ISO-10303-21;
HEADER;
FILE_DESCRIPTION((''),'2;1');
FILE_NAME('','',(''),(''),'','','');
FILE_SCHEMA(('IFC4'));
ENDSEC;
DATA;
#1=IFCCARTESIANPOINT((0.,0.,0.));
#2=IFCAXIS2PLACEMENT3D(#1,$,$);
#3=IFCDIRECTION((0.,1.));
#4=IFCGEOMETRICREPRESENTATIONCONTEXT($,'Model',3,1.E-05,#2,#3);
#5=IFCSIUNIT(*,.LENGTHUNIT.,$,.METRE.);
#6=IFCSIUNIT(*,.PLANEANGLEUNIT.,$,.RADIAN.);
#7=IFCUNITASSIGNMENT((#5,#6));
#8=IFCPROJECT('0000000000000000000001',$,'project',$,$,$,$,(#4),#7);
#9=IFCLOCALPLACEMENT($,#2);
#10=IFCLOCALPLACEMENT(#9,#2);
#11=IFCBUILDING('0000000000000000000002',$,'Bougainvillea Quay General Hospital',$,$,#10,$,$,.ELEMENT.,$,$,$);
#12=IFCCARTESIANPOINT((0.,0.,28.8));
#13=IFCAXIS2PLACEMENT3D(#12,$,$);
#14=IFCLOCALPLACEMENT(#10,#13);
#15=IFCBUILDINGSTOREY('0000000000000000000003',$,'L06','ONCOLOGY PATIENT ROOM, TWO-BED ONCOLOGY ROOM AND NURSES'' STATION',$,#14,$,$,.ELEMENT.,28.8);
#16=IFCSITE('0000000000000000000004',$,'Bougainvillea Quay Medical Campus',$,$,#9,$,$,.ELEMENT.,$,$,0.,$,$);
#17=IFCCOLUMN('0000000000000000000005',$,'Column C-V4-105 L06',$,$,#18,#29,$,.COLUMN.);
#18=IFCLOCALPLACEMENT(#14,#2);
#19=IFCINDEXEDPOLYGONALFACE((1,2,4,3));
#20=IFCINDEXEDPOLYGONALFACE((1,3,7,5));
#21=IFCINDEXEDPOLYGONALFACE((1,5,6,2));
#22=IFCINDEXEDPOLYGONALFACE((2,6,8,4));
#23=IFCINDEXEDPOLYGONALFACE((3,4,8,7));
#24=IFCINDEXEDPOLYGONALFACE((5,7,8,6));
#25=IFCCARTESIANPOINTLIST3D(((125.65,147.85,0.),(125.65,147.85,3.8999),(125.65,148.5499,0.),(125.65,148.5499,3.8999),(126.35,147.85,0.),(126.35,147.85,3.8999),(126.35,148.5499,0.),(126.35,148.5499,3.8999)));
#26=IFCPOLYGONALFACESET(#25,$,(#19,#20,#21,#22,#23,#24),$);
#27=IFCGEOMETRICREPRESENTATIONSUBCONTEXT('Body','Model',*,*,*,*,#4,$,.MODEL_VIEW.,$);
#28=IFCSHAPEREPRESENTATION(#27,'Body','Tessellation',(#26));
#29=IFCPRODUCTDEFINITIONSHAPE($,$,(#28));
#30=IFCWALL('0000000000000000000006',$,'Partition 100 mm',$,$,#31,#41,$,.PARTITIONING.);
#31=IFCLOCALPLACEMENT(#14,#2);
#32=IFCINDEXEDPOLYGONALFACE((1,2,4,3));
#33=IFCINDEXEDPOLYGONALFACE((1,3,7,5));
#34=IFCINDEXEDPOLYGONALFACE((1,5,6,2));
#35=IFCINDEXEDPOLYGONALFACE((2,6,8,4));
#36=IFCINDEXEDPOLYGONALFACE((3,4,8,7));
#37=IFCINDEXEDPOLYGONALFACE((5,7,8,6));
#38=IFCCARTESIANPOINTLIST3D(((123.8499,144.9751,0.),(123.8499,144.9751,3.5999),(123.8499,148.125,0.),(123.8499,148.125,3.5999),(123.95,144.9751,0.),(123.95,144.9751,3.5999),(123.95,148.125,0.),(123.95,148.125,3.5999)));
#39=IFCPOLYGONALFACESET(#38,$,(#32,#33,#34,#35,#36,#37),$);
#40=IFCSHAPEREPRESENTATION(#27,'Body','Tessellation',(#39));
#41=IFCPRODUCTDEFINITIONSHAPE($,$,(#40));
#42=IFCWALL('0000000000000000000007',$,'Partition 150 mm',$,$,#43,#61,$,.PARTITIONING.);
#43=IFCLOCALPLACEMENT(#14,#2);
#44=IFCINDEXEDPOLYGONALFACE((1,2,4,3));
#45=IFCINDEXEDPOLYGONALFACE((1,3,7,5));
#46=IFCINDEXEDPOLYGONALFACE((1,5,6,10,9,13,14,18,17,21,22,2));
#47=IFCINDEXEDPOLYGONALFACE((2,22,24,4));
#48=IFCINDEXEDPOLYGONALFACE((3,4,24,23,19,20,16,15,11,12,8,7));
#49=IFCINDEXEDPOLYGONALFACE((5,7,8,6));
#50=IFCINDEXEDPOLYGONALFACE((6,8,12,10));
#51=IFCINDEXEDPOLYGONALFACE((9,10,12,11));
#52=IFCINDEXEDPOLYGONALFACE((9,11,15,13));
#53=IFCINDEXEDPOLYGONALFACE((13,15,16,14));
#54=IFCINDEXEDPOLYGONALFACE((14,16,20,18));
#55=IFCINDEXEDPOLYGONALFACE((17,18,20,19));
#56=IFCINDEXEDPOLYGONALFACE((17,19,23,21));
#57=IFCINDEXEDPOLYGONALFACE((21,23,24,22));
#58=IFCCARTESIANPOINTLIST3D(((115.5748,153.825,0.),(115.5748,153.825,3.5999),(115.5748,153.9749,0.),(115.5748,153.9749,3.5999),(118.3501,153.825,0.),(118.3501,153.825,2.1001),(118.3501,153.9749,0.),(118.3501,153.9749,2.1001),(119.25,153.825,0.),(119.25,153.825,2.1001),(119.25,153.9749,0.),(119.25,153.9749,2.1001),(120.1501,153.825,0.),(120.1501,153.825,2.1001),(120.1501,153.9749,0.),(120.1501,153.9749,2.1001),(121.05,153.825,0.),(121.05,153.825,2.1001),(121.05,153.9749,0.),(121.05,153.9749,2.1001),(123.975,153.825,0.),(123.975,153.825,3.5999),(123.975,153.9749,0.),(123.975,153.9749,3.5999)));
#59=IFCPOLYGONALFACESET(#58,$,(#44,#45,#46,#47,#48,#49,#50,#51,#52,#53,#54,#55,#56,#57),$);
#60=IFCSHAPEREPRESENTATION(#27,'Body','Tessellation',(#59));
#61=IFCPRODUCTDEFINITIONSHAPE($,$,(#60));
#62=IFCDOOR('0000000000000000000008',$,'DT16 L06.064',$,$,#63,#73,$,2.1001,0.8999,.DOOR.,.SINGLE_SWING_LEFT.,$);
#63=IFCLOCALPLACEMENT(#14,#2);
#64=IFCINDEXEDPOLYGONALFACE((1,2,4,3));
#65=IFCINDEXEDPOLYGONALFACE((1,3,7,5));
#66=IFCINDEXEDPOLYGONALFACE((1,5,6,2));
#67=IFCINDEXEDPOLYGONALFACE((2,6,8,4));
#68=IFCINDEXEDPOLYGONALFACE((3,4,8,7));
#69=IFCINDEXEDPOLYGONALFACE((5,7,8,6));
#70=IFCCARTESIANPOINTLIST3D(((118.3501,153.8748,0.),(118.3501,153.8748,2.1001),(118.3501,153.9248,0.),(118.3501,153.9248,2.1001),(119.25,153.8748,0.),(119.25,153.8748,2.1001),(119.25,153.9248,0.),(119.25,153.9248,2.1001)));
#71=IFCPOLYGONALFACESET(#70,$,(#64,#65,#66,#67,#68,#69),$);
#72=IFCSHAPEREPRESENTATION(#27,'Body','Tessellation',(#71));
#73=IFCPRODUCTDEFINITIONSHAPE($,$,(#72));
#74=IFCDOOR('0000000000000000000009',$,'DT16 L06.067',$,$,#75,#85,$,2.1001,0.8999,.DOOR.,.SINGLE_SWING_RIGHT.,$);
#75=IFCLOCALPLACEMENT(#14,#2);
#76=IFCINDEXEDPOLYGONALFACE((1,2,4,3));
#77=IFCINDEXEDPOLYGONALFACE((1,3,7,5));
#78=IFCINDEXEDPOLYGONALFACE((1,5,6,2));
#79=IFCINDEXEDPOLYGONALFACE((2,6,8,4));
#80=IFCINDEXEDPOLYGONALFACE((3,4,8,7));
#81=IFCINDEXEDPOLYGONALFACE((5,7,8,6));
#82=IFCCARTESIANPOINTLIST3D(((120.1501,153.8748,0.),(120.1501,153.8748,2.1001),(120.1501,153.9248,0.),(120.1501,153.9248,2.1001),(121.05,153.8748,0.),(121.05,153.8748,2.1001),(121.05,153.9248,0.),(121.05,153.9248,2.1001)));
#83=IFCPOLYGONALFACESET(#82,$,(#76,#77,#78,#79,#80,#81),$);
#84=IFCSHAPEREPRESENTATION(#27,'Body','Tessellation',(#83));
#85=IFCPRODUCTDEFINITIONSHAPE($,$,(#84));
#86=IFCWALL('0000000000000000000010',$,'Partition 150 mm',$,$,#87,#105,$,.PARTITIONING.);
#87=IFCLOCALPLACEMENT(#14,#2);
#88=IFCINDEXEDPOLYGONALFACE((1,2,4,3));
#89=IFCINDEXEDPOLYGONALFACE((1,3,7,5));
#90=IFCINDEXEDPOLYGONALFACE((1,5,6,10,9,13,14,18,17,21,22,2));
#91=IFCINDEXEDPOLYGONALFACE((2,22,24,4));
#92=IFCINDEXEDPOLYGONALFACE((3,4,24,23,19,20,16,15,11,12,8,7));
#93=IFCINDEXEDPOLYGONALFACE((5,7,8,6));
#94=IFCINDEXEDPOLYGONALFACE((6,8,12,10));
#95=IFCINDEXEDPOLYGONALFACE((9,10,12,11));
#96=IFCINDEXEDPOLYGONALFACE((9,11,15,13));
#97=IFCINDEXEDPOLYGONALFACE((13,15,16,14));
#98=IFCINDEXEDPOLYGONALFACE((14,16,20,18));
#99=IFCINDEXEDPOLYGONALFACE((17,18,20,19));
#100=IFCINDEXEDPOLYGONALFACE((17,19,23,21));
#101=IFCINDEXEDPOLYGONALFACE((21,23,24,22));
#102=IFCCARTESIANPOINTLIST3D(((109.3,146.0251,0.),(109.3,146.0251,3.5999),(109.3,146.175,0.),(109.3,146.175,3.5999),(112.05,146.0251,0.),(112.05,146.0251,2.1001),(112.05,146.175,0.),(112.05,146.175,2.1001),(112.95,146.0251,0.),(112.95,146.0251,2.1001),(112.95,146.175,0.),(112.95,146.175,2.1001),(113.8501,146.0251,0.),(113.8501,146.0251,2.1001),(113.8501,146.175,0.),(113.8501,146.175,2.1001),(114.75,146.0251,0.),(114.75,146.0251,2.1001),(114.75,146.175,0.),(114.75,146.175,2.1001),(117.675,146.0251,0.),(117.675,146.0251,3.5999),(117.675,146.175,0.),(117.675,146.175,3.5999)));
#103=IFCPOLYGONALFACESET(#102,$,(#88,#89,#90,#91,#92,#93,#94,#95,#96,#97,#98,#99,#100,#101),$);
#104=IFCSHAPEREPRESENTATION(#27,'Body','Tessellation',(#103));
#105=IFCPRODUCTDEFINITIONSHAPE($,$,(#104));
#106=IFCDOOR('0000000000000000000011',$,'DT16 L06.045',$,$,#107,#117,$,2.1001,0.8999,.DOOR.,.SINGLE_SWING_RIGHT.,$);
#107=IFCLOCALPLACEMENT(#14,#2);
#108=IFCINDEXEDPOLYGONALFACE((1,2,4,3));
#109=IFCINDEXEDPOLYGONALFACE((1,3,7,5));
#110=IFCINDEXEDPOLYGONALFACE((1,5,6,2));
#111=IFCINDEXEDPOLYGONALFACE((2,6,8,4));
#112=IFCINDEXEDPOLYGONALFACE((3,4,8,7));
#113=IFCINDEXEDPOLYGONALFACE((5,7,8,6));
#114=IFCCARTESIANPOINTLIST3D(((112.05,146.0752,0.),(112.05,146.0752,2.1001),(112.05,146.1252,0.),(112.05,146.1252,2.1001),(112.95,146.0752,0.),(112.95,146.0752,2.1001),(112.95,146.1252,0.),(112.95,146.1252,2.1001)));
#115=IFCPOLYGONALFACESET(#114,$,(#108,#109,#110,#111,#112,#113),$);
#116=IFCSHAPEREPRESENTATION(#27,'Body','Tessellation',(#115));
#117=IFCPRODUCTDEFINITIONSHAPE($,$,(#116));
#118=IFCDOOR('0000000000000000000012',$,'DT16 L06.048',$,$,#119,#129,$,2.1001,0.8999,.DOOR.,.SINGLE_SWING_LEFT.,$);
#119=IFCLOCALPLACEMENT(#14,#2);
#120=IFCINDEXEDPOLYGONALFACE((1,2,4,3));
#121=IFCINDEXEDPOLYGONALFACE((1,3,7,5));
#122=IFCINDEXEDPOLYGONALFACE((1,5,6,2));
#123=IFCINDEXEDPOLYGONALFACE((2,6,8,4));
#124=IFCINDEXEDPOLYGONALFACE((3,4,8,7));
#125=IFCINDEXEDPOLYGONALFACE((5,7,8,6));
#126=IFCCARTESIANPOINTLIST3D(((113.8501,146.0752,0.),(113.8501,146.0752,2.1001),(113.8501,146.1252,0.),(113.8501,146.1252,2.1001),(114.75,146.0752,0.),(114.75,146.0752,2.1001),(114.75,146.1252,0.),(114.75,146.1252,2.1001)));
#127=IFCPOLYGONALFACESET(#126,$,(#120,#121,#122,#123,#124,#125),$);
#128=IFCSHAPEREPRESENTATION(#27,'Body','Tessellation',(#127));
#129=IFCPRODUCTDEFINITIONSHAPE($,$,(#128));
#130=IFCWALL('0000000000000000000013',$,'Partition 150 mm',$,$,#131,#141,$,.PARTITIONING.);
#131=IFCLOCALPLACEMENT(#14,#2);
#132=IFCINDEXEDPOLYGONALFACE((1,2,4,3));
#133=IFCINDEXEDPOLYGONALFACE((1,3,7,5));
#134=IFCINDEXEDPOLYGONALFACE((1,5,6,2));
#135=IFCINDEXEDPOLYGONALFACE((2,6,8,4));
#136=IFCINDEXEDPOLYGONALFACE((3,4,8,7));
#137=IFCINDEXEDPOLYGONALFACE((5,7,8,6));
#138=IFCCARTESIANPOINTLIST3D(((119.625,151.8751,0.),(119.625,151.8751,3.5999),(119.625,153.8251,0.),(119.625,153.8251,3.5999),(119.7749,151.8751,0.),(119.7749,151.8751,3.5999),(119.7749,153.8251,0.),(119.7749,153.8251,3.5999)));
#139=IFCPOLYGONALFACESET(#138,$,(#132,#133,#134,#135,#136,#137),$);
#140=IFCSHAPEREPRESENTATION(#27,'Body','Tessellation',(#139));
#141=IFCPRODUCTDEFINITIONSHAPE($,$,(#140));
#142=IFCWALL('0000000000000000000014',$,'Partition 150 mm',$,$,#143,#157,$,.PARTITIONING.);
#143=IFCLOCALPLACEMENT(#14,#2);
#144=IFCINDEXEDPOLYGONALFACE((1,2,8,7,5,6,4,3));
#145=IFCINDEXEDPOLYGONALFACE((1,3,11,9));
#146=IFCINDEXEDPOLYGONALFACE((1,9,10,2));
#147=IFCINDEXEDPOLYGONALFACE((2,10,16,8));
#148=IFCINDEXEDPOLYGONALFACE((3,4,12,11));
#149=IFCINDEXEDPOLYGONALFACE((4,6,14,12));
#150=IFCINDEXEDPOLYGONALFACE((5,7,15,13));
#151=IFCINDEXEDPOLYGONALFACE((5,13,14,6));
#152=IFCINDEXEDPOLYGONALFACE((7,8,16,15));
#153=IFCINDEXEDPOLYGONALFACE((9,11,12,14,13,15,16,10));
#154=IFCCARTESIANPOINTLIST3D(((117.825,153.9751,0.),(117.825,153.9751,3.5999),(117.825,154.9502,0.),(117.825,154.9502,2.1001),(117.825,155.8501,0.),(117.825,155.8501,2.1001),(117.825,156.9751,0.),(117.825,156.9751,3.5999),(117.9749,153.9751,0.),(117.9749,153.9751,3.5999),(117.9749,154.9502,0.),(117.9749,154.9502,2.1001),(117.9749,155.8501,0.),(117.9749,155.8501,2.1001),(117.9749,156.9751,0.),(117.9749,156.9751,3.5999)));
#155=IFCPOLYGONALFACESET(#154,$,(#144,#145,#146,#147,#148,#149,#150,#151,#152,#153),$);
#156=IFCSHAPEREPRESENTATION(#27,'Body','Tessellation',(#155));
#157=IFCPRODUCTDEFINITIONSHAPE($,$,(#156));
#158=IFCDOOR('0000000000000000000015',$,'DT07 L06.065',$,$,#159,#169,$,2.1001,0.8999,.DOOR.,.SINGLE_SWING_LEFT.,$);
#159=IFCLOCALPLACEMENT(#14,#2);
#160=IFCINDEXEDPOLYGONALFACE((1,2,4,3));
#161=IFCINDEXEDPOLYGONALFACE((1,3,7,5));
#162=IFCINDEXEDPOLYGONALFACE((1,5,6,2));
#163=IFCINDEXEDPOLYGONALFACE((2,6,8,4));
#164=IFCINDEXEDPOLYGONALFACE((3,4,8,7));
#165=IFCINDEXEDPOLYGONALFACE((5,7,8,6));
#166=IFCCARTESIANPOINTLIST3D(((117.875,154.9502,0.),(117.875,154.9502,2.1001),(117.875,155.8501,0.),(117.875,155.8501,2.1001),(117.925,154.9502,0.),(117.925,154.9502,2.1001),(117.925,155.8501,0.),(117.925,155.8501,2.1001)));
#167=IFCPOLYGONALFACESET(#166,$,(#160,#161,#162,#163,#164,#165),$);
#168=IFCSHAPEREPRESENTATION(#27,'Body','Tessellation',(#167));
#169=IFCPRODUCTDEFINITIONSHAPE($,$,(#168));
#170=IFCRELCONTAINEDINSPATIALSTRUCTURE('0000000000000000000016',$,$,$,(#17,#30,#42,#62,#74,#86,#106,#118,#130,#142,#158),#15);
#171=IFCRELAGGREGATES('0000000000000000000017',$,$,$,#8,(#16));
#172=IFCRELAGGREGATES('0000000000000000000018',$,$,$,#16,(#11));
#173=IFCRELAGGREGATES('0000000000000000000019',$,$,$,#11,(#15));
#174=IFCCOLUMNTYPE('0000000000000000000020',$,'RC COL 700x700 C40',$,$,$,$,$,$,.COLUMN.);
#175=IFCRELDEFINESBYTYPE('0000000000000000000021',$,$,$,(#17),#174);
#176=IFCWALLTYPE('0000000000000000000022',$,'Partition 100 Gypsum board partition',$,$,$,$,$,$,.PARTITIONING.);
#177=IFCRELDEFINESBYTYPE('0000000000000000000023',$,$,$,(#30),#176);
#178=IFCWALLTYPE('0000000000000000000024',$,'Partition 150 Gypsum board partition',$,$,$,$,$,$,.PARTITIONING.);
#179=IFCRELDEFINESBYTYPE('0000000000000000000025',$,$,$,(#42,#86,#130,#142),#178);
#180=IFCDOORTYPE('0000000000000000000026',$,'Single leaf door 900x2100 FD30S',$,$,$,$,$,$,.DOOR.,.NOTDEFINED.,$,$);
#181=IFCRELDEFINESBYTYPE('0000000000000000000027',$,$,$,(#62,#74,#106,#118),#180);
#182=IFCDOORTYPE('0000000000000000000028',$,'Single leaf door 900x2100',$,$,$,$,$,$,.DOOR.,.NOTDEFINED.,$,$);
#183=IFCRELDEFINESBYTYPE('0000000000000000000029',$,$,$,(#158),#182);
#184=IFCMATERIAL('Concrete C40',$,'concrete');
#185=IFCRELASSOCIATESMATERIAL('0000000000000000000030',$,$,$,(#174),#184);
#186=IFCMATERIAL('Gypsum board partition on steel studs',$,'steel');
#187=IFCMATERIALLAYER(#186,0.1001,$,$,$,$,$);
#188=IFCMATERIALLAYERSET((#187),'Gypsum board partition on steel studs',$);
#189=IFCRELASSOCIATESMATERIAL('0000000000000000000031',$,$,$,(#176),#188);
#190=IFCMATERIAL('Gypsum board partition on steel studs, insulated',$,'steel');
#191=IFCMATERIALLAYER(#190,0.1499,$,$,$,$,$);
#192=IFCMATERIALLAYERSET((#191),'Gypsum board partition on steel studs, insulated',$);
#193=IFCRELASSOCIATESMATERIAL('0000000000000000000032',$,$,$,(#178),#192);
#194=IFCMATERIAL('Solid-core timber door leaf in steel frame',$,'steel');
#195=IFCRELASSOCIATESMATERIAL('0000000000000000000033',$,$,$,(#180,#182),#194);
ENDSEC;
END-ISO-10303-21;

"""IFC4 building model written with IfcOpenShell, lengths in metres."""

from ifc_helpers import new_model, si_unit, direction, frame, frame_2d, origin, origin_2d, place, context, subcontext, project, spatial, rectangle, extrude, material, layer, layer_set, material_profile, profile_set, type_object, element, fill, save


model = new_model("IFC4")

# Units and contexts
model_context = context("Model", 3, precision=1e-05, world=origin(), true_north=direction((0.0, 1.0)))
body_context = subcontext(model_context, "Body", "Model", "MODEL_VIEW")
ifc_project = project(units=[si_unit("LENGTHUNIT", "METRE"), si_unit("PLANEANGLEUNIT", "RADIAN")], contexts=[model_context])

# Site, building, storey
site_placement = place(None, origin())
site = spatial("IfcSite", under=ifc_project, at=site_placement, Name="Bougainvillea Quay Medical Campus", CompositionType="ELEMENT", RefElevation=0.0)
building_placement = place(site_placement, origin())
building = spatial("IfcBuilding", under=site, at=building_placement, Name="Bougainvillea Quay General Hospital", CompositionType="ELEMENT")
storey_placement = place(building_placement, frame((0.0, 0.0, 28.8)))
storey = spatial("IfcBuildingStorey", under=building, at=storey_placement, Name="L06", Description="ONCOLOGY PATIENT ROOM, TWO-BED ONCOLOGY ROOM AND NURSES' STATION", CompositionType="ELEMENT", Elevation=28.8)

# Column
ifc_material_1 = material(Name="Concrete C40", Category="concrete")
ifc_material_profile = material_profile(ifc_material_1, rectangle(XDim=0.7, YDim=0.7, at=origin_2d()))
ifc_profile_set = profile_set([ifc_material_profile], Name="Concrete C40")
column_type = type_object("IfcColumnType", Name="RC COL 700x700 C40", PredefinedType="COLUMN", material=ifc_profile_set)
column_placement = place(storey_placement, frame((126.0, 148.2, 0.0), z_axis=(0.0, 0.0, 1.0), x_axis=(1.0, 0.0, 0.0)))
element("IfcColumn", 1, at=column_placement, inside=storey, type_object=column_type, Name="Column C-V4-105 L06", PredefinedType="COLUMN", context=body_context, shape_type="SweptSolid", body=[
    extrude(rectangle(XDim=0.7, YDim=0.7, at=origin_2d()), origin(), (0.0, 0.0, 1.0), 3.8999),
])

# Wall
ifc_material_2 = material(Name="Gypsum board partition on steel studs", Category="steel")
ifc_layer_1 = layer(ifc_material_2, 0.1001)
ifc_layer_set_1 = layer_set([ifc_layer_1], Name="Gypsum board partition on steel studs")
wall_type_1 = type_object("IfcWallType", Name="Partition 100 Gypsum board partition", PredefinedType="PARTITIONING", material=ifc_layer_set_1)
wall_1_placement = place(storey_placement, frame((123.8999, 144.9751, 0.0), z_axis=(0.0, 0.0, 1.0), x_axis=(0.0, 1.0, 0.0)))
element("IfcWall", 2, at=wall_1_placement, inside=storey, type_object=wall_type_1, Name="Partition 100 mm", PredefinedType="PARTITIONING", context=body_context, shape_type="SweptSolid", body=[
    extrude(rectangle(XDim=3.1499, YDim=0.1001, at=frame_2d((1.575, 0.0))), origin(), (0.0, 0.0, 1.0), 3.5999),
])

# Walls, openings, doors
ifc_material_3 = material(Name="Gypsum board partition on steel studs, insulated", Category="steel")
ifc_layer_2 = layer(ifc_material_3, 0.1499)
ifc_layer_set_2 = layer_set([ifc_layer_2], Name="Gypsum board partition on steel studs, insulated")
wall_type_2 = type_object("IfcWallType", Name="Partition 150 Gypsum board partition", PredefinedType="PARTITIONING", material=ifc_layer_set_2)
wall_2_placement = place(storey_placement, frame((123.9751, 153.8999, 0.0), z_axis=(0.0, 0.0, 1.0), x_axis=(-1.0, 0.0, 0.0)))
wall_2 = element("IfcWall", 3, at=wall_2_placement, inside=storey, type_object=wall_type_2, Name="Partition 150 mm", PredefinedType="PARTITIONING", context=body_context, shape_type="SweptSolid", body=[
    extrude(rectangle(XDim=8.4001, YDim=0.1499, at=frame_2d((4.2002, 0.0))), origin(), (0.0, 0.0, 1.0), 3.5999),
])
opening_1_placement = place(wall_2_placement, frame((4.7251, 0.0, 0.0)))
opening_1 = element("IfcOpeningElement", 4, at=opening_1_placement, cuts=wall_2, PredefinedType="OPENING", context=body_context, shape_type="SweptSolid", body=[
    extrude(rectangle(XDim=0.8999, YDim=2.1001, at=frame_2d((0.45, 1.05))), frame((0.0, 0.085, 0.0), z_axis=(0.0, -1.0, 0.0), x_axis=(1.0, 0.0, 0.0)), (0.0, 0.0, 1.0), 0.1699),
])
opening_2_placement = place(wall_2_placement, frame((2.925, 0.0, 0.0)))
opening_2 = element("IfcOpeningElement", 5, at=opening_2_placement, cuts=wall_2, PredefinedType="OPENING", context=body_context, shape_type="SweptSolid", body=[
    extrude(rectangle(XDim=0.8999, YDim=2.1001, at=frame_2d((0.45, 1.05))), frame((0.0, 0.085, 0.0), z_axis=(0.0, -1.0, 0.0), x_axis=(1.0, 0.0, 0.0)), (0.0, 0.0, 1.0), 0.1699),
])
ifc_material_4 = material(Name="Solid-core timber door leaf in steel frame", Category="steel")
door_type_1 = type_object("IfcDoorType", Name="Single leaf door 900x2100 FD30S", OperationType="NOTDEFINED", PredefinedType="DOOR", material=ifc_material_4)
door_1_placement = place(opening_1_placement, frame((0.8999, 0.0, 0.0), z_axis=(0.0, 0.0, 1.0), x_axis=(-1.0, 0.0, 0.0)))
door_1 = element("IfcDoor", 6, at=door_1_placement, inside=storey, type_object=door_type_1, Name="DT16 L06.064", OperationType="SINGLE_SWING_LEFT", OverallHeight=2.1001, OverallWidth=0.8999, PredefinedType="DOOR", context=body_context, shape_type="SweptSolid", body=[
    extrude(rectangle(XDim=0.8999, YDim=2.1001, at=frame_2d((0.45, 1.05))), frame((0.0, 0.0249, 0.0), z_axis=(0.0, -1.0, 0.0), x_axis=(1.0, 0.0, 0.0)), (0.0, 0.0, 1.0), 0.05),
])
fill(opening_1, door_1)
door_2_placement = place(opening_2_placement, frame((0.8999, 0.0, 0.0), z_axis=(0.0, 0.0, 1.0), x_axis=(-1.0, 0.0, 0.0)))
door_2 = element("IfcDoor", 7, at=door_2_placement, inside=storey, type_object=door_type_1, Name="DT16 L06.067", OperationType="SINGLE_SWING_RIGHT", OverallHeight=2.1001, OverallWidth=0.8999, PredefinedType="DOOR", context=body_context, shape_type="SweptSolid", body=[
    extrude(rectangle(XDim=0.8999, YDim=2.1001, at=frame_2d((0.45, 1.05))), frame((0.0, 0.0249, 0.0), z_axis=(0.0, -1.0, 0.0), x_axis=(1.0, 0.0, 0.0)), (0.0, 0.0, 1.0), 0.05),
])
fill(opening_2, door_2)
wall_3_placement = place(storey_placement, frame((117.675, 146.1001, 0.0), z_axis=(0.0, 0.0, 1.0), x_axis=(-1.0, 0.0, 0.0)))
wall_3 = element("IfcWall", 8, at=wall_3_placement, inside=storey, type_object=wall_type_2, Name="Partition 150 mm", PredefinedType="PARTITIONING", context=body_context, shape_type="SweptSolid", body=[
    extrude(rectangle(XDim=8.375, YDim=0.1499, at=frame_2d((4.1875, 0.0))), origin(), (0.0, 0.0, 1.0), 3.5999),
])
opening_3_placement = place(wall_3_placement, frame((4.7251, 0.0, 0.0)))
opening_3 = element("IfcOpeningElement", 9, at=opening_3_placement, cuts=wall_3, PredefinedType="OPENING", context=body_context, shape_type="SweptSolid", body=[
    extrude(rectangle(XDim=0.8999, YDim=2.1001, at=frame_2d((0.45, 1.05))), frame((0.0, 0.085, 0.0), z_axis=(0.0, -1.0, 0.0), x_axis=(1.0, 0.0, 0.0)), (0.0, 0.0, 1.0), 0.1699),
])
opening_4_placement = place(wall_3_placement, frame((2.925, 0.0, 0.0)))
opening_4 = element("IfcOpeningElement", 10, at=opening_4_placement, cuts=wall_3, PredefinedType="OPENING", context=body_context, shape_type="SweptSolid", body=[
    extrude(rectangle(XDim=0.8999, YDim=2.1001, at=frame_2d((0.45, 1.05))), frame((0.0, 0.085, 0.0), z_axis=(0.0, -1.0, 0.0), x_axis=(1.0, 0.0, 0.0)), (0.0, 0.0, 1.0), 0.1699),
])
door_3_placement = place(opening_3_placement, origin())
door_3 = element("IfcDoor", 11, at=door_3_placement, inside=storey, type_object=door_type_1, Name="DT16 L06.045", OperationType="SINGLE_SWING_RIGHT", OverallHeight=2.1001, OverallWidth=0.8999, PredefinedType="DOOR", context=body_context, shape_type="SweptSolid", body=[
    extrude(rectangle(XDim=0.8999, YDim=2.1001, at=frame_2d((0.45, 1.05))), frame((0.0, 0.0249, 0.0), z_axis=(0.0, -1.0, 0.0), x_axis=(1.0, 0.0, 0.0)), (0.0, 0.0, 1.0), 0.05),
])
fill(opening_3, door_3)
door_4_placement = place(opening_4_placement, origin())
door_4 = element("IfcDoor", 12, at=door_4_placement, inside=storey, type_object=door_type_1, Name="DT16 L06.048", OperationType="SINGLE_SWING_LEFT", OverallHeight=2.1001, OverallWidth=0.8999, PredefinedType="DOOR", context=body_context, shape_type="SweptSolid", body=[
    extrude(rectangle(XDim=0.8999, YDim=2.1001, at=frame_2d((0.45, 1.05))), frame((0.0, 0.0249, 0.0), z_axis=(0.0, -1.0, 0.0), x_axis=(1.0, 0.0, 0.0)), (0.0, 0.0, 1.0), 0.05),
])
fill(opening_4, door_4)

# Wall
wall_4_placement = place(storey_placement, frame((119.7, 151.875, 0.0), z_axis=(0.0, 0.0, 1.0), x_axis=(0.0, 1.0, 0.0)))
element("IfcWall", 13, at=wall_4_placement, inside=storey, type_object=wall_type_2, Name="Partition 150 mm", PredefinedType="PARTITIONING", context=body_context, shape_type="SweptSolid", body=[
    extrude(rectangle(XDim=1.95, YDim=0.1499, at=frame_2d((0.9751, 0.0))), origin(), (0.0, 0.0, 1.0), 3.5999),
])

# Wall, opening, door
wall_5_placement = place(storey_placement, frame((117.8999, 153.9751, 0.0), z_axis=(0.0, 0.0, 1.0), x_axis=(0.0, 1.0, 0.0)))
wall_5 = element("IfcWall", 14, at=wall_5_placement, inside=storey, type_object=wall_type_2, Name="Partition 150 mm", PredefinedType="PARTITIONING", context=body_context, shape_type="SweptSolid", body=[
    extrude(rectangle(XDim=3.0, YDim=0.1499, at=frame_2d((1.5, 0.0))), origin(), (0.0, 0.0, 1.0), 3.5999),
])
opening_5_placement = place(wall_5_placement, frame((0.9751, 0.0, 0.0)))
opening_5 = element("IfcOpeningElement", 15, at=opening_5_placement, cuts=wall_5, PredefinedType="OPENING", context=body_context, shape_type="SweptSolid", body=[
    extrude(rectangle(XDim=0.8999, YDim=2.1001, at=frame_2d((0.45, 1.05))), frame((0.0, 0.085, 0.0), z_axis=(0.0, -1.0, 0.0), x_axis=(1.0, 0.0, 0.0)), (0.0, 0.0, 1.0), 0.1699),
])
door_type_2 = type_object("IfcDoorType", Name="Single leaf door 900x2100", OperationType="NOTDEFINED", PredefinedType="DOOR", material=ifc_material_4)
door_5_placement = place(opening_5_placement, origin())
door_5 = element("IfcDoor", 16, at=door_5_placement, inside=storey, type_object=door_type_2, Name="DT07 L06.065", OperationType="SINGLE_SWING_LEFT", OverallHeight=2.1001, OverallWidth=0.8999, PredefinedType="DOOR", context=body_context, shape_type="SweptSolid", body=[
    extrude(rectangle(XDim=0.8999, YDim=2.1001, at=frame_2d((0.45, 1.05))), frame((0.0, 0.0249, 0.0), z_axis=(0.0, -1.0, 0.0), x_axis=(1.0, 0.0, 0.0)), (0.0, 0.0, 1.0), 0.05),
])
fill(opening_5, door_5)

save(model, "model.ifc")
